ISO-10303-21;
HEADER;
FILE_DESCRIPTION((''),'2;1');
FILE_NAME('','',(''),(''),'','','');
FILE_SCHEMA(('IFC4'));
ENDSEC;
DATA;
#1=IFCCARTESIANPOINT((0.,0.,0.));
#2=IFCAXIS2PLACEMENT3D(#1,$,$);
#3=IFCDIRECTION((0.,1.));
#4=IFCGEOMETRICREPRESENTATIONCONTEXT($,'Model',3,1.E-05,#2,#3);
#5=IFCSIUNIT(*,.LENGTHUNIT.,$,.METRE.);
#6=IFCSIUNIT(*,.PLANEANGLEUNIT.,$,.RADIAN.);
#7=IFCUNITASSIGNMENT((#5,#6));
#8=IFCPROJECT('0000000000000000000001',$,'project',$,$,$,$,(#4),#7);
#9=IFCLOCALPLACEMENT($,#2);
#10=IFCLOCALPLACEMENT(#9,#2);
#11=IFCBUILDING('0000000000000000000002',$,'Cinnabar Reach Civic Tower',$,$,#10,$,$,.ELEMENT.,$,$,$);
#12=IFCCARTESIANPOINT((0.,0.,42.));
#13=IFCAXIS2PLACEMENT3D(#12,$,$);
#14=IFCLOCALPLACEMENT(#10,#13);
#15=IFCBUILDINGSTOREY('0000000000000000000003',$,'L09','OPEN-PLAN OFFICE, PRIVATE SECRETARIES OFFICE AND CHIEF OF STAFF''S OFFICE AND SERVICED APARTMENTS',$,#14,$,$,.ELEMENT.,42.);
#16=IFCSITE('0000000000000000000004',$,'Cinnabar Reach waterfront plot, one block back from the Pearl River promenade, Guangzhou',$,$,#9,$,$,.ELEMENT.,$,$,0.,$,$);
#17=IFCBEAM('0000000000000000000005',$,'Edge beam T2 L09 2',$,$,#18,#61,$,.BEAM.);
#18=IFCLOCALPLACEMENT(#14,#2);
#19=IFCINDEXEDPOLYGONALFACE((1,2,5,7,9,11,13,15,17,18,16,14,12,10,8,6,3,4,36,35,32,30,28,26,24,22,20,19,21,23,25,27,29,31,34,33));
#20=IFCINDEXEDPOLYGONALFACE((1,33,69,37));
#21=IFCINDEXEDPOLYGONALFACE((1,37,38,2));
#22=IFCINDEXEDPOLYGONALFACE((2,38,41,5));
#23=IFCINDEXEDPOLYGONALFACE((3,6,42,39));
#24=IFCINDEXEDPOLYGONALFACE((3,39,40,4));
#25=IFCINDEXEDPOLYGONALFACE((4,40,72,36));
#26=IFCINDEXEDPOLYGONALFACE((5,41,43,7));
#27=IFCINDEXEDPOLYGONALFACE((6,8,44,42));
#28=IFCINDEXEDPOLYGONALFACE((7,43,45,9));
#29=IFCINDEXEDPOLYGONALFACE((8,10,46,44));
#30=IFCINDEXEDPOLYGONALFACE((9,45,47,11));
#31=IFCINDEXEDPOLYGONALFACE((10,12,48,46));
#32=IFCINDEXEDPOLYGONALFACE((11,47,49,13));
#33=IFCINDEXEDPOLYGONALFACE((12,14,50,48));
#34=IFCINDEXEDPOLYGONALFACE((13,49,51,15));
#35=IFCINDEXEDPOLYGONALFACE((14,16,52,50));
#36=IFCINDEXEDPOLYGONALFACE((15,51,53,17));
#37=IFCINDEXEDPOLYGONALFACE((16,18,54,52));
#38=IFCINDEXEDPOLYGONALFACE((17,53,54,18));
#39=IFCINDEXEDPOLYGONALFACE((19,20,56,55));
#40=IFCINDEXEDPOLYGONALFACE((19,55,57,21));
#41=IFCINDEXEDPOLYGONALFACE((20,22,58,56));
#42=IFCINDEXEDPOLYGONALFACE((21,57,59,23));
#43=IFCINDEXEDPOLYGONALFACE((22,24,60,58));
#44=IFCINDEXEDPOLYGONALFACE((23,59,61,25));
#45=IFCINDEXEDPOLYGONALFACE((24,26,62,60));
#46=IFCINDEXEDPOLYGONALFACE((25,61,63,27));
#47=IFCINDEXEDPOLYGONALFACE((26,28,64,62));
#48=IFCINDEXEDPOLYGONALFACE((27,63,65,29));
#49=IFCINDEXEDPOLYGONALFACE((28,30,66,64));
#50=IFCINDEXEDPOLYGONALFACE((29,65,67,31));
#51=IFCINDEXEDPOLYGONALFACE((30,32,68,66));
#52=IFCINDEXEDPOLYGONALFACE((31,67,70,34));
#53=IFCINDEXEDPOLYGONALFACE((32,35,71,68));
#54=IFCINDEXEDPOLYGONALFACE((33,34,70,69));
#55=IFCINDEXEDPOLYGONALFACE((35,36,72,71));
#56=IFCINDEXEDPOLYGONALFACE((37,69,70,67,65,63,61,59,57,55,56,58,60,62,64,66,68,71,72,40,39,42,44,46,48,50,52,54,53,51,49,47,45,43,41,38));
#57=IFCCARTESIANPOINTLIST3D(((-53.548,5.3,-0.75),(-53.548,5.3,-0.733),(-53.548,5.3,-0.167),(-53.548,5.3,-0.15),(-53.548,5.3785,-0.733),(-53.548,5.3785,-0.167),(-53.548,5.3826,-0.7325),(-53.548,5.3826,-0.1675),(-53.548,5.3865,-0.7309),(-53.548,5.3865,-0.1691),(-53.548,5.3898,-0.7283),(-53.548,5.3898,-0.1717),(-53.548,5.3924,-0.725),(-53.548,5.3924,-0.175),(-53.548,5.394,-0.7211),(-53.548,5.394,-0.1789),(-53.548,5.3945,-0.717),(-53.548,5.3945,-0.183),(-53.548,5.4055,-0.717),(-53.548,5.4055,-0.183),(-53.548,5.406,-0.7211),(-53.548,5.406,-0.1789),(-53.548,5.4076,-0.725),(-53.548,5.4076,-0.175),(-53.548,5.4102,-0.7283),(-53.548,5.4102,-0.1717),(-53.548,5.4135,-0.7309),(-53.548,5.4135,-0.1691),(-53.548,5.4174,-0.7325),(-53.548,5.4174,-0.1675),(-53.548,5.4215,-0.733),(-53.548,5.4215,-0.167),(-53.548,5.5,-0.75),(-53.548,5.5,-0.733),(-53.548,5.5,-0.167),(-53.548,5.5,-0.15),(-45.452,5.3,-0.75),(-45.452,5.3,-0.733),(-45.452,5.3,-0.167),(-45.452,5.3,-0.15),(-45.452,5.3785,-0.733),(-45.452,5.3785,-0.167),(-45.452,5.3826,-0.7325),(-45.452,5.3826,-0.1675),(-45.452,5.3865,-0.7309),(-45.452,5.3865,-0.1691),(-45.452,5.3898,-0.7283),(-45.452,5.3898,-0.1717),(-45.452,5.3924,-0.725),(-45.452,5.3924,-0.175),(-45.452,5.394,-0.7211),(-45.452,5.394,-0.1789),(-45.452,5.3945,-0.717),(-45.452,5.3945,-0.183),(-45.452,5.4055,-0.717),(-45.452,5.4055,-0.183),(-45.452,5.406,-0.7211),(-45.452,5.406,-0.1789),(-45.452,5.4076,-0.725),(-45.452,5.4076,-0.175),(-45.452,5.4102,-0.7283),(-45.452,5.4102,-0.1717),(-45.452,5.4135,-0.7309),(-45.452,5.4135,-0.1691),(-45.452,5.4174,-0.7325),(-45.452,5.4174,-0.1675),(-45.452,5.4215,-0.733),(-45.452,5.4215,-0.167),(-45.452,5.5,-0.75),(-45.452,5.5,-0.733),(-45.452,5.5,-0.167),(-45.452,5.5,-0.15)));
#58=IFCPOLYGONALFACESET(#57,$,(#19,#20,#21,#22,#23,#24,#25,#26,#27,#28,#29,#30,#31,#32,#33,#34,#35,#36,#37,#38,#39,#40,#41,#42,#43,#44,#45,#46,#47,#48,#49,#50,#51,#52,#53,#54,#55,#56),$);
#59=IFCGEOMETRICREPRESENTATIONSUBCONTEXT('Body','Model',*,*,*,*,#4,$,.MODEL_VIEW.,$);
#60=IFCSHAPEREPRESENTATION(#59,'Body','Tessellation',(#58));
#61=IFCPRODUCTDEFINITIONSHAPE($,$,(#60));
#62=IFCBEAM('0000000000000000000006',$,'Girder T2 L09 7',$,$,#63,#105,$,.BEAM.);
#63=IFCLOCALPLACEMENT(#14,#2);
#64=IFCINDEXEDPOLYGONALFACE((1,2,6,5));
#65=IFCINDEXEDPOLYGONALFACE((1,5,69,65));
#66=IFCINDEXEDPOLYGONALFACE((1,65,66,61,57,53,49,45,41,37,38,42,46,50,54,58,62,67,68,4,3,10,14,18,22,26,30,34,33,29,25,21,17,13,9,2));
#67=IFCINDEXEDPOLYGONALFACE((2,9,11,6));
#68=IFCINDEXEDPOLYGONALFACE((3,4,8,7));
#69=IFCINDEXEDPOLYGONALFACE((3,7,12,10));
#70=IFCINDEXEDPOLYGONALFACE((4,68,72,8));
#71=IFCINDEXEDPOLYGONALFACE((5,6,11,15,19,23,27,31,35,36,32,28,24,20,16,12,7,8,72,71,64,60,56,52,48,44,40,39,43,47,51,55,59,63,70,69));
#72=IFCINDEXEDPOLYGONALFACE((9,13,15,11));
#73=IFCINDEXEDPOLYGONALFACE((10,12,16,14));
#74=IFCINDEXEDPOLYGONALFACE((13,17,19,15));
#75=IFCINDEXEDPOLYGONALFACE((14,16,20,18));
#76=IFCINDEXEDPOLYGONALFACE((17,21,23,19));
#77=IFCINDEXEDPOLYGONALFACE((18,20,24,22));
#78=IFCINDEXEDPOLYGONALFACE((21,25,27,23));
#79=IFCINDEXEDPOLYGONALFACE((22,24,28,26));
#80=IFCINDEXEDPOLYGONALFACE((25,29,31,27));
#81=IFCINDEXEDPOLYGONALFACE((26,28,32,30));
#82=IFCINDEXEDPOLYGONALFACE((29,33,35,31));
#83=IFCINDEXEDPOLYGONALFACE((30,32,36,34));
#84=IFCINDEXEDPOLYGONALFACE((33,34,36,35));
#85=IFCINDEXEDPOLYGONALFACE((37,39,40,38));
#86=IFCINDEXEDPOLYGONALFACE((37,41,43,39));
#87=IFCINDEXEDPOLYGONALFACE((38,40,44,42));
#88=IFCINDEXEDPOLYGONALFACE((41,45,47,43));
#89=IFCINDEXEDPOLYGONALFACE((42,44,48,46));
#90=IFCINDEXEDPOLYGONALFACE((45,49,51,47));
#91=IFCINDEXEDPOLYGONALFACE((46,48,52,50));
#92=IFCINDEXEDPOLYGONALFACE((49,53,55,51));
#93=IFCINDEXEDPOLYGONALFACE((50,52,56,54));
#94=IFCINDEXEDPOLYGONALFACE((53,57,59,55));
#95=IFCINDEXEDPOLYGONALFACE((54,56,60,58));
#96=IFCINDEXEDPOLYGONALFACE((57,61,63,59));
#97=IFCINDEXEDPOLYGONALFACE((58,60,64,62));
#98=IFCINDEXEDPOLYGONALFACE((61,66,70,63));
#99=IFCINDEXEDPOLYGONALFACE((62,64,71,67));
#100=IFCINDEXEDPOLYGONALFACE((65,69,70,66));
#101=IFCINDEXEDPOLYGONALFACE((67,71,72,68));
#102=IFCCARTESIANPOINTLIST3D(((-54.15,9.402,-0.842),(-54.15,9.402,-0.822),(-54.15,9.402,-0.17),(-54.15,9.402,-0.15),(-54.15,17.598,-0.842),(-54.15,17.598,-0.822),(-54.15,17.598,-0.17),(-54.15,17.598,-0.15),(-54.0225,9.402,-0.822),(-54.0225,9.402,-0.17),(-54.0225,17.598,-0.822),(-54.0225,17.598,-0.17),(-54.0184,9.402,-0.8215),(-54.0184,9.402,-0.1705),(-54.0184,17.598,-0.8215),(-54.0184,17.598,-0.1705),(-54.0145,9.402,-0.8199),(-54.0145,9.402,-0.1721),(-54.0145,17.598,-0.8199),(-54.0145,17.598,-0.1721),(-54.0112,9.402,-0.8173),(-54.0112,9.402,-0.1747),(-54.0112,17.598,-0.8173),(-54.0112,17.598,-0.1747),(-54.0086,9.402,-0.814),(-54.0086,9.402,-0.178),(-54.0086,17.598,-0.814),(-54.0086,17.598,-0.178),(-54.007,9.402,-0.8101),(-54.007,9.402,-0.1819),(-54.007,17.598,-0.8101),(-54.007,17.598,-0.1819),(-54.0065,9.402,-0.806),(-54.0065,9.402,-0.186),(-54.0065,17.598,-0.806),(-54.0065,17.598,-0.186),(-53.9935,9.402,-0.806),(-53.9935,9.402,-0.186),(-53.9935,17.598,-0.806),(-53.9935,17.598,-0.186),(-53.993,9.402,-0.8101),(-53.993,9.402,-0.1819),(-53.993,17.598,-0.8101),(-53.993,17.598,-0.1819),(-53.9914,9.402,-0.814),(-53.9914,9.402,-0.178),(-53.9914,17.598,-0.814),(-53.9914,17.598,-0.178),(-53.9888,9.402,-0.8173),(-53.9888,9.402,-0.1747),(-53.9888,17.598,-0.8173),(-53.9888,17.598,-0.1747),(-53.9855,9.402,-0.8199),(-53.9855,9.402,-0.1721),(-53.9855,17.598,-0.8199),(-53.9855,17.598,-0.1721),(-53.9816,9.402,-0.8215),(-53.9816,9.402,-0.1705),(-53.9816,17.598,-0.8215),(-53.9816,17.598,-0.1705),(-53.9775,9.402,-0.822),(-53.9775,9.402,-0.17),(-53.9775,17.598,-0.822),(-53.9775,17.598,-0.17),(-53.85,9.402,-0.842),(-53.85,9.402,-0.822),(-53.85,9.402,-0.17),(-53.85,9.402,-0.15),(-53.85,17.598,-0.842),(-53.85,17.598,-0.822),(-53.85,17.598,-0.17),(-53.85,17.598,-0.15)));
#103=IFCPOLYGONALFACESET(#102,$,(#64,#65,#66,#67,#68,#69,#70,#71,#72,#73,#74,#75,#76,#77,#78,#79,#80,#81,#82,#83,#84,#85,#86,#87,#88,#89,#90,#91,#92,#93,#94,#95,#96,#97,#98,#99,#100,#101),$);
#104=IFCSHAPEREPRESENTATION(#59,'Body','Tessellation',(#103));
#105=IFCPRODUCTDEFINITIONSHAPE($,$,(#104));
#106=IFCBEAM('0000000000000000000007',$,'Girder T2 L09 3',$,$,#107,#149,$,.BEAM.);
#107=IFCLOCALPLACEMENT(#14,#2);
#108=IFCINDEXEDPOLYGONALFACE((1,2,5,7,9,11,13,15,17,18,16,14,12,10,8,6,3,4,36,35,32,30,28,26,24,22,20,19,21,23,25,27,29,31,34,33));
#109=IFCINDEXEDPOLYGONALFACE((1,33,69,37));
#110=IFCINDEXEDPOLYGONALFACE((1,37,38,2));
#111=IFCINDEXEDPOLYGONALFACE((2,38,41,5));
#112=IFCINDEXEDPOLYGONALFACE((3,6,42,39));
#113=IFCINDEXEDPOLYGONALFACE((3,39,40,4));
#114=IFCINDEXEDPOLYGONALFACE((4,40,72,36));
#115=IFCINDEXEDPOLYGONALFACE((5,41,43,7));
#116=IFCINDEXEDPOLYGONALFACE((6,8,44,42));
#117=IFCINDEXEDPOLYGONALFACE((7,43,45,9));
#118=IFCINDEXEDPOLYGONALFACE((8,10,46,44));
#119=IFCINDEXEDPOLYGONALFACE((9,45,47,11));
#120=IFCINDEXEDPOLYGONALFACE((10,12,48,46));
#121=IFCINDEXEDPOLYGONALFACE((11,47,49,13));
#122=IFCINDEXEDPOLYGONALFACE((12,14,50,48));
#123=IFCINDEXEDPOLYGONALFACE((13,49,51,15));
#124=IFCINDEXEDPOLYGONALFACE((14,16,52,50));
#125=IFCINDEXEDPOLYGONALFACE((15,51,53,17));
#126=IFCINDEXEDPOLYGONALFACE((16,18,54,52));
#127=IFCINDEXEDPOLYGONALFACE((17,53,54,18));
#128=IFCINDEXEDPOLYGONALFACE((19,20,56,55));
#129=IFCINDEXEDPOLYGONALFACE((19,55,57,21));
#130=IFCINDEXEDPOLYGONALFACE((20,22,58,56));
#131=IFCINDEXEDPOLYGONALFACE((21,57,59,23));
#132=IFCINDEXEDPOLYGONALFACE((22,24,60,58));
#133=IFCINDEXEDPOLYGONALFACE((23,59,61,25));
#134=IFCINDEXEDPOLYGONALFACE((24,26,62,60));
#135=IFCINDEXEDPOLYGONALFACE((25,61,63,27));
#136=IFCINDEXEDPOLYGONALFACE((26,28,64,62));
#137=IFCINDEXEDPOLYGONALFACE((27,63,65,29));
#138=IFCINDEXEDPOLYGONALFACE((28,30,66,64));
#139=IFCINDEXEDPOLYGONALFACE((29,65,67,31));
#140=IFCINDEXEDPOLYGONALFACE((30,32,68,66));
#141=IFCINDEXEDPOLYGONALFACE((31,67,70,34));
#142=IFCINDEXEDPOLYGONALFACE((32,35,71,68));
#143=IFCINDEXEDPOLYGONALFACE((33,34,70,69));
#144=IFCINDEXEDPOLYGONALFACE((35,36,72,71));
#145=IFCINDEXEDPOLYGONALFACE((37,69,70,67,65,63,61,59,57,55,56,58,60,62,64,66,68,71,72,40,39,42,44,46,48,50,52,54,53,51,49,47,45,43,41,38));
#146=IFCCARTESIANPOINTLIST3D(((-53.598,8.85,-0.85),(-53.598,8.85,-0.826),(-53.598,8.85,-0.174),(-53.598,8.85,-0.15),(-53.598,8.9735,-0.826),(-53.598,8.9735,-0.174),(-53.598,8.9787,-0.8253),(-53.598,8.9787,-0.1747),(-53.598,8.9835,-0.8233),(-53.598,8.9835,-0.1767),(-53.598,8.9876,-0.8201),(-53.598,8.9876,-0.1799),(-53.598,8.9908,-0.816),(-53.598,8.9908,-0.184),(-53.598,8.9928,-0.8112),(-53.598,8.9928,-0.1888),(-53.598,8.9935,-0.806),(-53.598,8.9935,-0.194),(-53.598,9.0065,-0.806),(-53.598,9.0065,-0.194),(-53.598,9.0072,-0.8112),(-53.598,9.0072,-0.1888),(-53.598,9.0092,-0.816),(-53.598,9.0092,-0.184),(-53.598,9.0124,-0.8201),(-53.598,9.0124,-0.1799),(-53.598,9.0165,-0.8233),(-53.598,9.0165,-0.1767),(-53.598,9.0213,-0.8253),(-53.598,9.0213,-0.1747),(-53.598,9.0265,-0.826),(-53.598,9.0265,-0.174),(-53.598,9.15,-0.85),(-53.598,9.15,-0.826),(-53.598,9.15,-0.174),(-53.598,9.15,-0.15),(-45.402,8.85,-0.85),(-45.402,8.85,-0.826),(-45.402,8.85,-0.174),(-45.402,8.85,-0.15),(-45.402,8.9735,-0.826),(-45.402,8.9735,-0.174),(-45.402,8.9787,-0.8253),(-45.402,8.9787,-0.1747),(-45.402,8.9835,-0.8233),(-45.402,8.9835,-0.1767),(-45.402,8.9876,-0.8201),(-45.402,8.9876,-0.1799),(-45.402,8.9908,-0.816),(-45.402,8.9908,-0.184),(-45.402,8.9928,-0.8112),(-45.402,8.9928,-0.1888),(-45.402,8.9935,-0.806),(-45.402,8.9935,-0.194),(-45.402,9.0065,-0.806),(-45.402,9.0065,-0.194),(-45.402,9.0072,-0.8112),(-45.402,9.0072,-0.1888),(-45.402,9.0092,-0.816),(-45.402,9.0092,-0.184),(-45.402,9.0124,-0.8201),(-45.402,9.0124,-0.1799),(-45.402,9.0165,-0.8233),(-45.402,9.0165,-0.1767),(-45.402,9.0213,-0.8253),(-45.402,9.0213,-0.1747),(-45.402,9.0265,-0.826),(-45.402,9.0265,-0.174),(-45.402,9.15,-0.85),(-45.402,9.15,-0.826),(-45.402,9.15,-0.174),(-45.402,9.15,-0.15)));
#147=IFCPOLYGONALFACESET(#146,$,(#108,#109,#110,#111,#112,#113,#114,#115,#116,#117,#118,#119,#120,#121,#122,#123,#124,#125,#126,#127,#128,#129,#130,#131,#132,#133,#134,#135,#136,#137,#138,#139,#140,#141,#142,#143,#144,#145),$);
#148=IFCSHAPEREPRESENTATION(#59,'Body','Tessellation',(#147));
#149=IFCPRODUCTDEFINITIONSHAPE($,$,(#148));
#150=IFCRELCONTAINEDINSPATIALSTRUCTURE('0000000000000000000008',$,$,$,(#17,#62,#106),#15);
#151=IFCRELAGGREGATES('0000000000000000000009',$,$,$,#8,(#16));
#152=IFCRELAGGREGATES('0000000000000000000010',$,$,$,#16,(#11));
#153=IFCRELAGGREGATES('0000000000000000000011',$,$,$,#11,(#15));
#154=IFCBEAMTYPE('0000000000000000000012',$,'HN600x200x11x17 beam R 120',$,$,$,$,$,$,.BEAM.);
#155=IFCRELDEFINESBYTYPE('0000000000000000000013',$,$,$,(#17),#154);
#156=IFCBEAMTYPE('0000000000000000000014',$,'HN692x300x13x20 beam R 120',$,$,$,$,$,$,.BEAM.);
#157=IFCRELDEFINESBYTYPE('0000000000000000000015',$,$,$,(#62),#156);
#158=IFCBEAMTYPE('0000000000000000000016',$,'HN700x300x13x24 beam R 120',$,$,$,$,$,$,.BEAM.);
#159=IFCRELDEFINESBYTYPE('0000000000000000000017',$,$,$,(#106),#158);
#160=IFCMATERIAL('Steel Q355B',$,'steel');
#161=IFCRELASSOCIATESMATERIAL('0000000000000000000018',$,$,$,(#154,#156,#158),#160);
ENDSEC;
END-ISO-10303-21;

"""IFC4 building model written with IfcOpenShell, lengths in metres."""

from ifc_helpers import new_model, si_unit, direction, frame, origin, origin_2d, place, context, subcontext, project, spatial, i_section, extrude, material, material_profile, profile_set, type_object, element, save


model = new_model("IFC4")

# Units and contexts
model_context = context("Model", 3, precision=1e-05, world=origin(), true_north=direction((0.0, 1.0)))
body_context = subcontext(model_context, "Body", "Model", "MODEL_VIEW")
ifc_project = project(units=[si_unit("LENGTHUNIT", "METRE"), si_unit("PLANEANGLEUNIT", "RADIAN")], contexts=[model_context])

# Site, building, storey
site_placement = place(None, origin())
site = spatial("IfcSite", under=ifc_project, at=site_placement, Name="Cinnabar Reach waterfront plot, one block back from the Pearl River promenade, Guangzhou", CompositionType="ELEMENT", RefElevation=0.0)
building_placement = place(site_placement, origin())
building = spatial("IfcBuilding", under=site, at=building_placement, Name="Cinnabar Reach Civic Tower", CompositionType="ELEMENT")
storey_placement = place(building_placement, frame((0.0, 0.0, 42.0)))
storey = spatial("IfcBuildingStorey", under=building, at=storey_placement, Name="L09", Description="OPEN-PLAN OFFICE, PRIVATE SECRETARIES OFFICE AND CHIEF OF STAFF'S OFFICE AND SERVICED APARTMENTS", CompositionType="ELEMENT", Elevation=42.0)

# Beams
ifc_material_1 = material(Name="Steel Q355B", Category="steel")
ifc_material_profile_1 = material_profile(ifc_material_1, i_section(OverallWidth=0.2, OverallDepth=0.6, WebThickness=0.011, FlangeThickness=0.017, FilletRadius=0.016, at=origin_2d()), Name="HN600x200x11x17")
ifc_profile_set_1 = profile_set([ifc_material_profile_1], Name="Steel Q355B")
beam_type_1 = type_object("IfcBeamType", Name="HN600x200x11x17 beam R 120", PredefinedType="BEAM", material=ifc_profile_set_1)
beam_1_placement = place(storey_placement, frame((-53.548, 5.4, -0.45), z_axis=(1.0, 0.0, 0.0), x_axis=(0.0, 1.0, 0.0)))
element("IfcBeam", 1, at=beam_1_placement, inside=storey, type_object=beam_type_1, Name="Edge beam T2 L09 2", PredefinedType="BEAM", context=body_context, shape_type="SweptSolid", body=[
    extrude(i_section(OverallWidth=0.2, OverallDepth=0.6, WebThickness=0.011, FlangeThickness=0.017, FilletRadius=0.016, at=origin_2d()), origin(), (0.0, 0.0, 1.0), 8.096),
])
ifc_material_profile_2 = material_profile(ifc_material_1, i_section(OverallWidth=0.3, OverallDepth=0.692, WebThickness=0.013, FlangeThickness=0.02, FilletRadius=0.016, at=origin_2d()), Name="HN692x300x13x20")
ifc_profile_set_2 = profile_set([ifc_material_profile_2], Name="Steel Q355B")
beam_type_2 = type_object("IfcBeamType", Name="HN692x300x13x20 beam R 120", PredefinedType="BEAM", material=ifc_profile_set_2)
beam_2_placement = place(storey_placement, frame((-54.0, 9.402, -0.496), z_axis=(0.0, 1.0, 0.0), x_axis=(-1.0, 0.0, 0.0)))
element("IfcBeam", 2, at=beam_2_placement, inside=storey, type_object=beam_type_2, Name="Girder T2 L09 7", PredefinedType="BEAM", context=body_context, shape_type="SweptSolid", body=[
    extrude(i_section(OverallWidth=0.3, OverallDepth=0.692, WebThickness=0.013, FlangeThickness=0.02, FilletRadius=0.016, at=origin_2d()), origin(), (0.0, 0.0, 1.0), 8.196),
])
ifc_material_profile_3 = material_profile(ifc_material_1, i_section(OverallWidth=0.3, OverallDepth=0.7, WebThickness=0.013, FlangeThickness=0.024, FilletRadius=0.02, at=origin_2d()), Name="HN700x300x13x24")
ifc_profile_set_3 = profile_set([ifc_material_profile_3], Name="Steel Q355B")
beam_type_3 = type_object("IfcBeamType", Name="HN700x300x13x24 beam R 120", PredefinedType="BEAM", material=ifc_profile_set_3)
beam_3_placement = place(storey_placement, frame((-53.598, 9.0, -0.5), z_axis=(1.0, 0.0, 0.0), x_axis=(0.0, 1.0, 0.0)))
element("IfcBeam", 3, at=beam_3_placement, inside=storey, type_object=beam_type_3, Name="Girder T2 L09 3", PredefinedType="BEAM", context=body_context, shape_type="SweptSolid", body=[
    extrude(i_section(OverallWidth=0.3, OverallDepth=0.7, WebThickness=0.013, FlangeThickness=0.024, FilletRadius=0.02, at=origin_2d()), origin(), (0.0, 0.0, 1.0), 8.196),
])

save(model, "model.ifc")
